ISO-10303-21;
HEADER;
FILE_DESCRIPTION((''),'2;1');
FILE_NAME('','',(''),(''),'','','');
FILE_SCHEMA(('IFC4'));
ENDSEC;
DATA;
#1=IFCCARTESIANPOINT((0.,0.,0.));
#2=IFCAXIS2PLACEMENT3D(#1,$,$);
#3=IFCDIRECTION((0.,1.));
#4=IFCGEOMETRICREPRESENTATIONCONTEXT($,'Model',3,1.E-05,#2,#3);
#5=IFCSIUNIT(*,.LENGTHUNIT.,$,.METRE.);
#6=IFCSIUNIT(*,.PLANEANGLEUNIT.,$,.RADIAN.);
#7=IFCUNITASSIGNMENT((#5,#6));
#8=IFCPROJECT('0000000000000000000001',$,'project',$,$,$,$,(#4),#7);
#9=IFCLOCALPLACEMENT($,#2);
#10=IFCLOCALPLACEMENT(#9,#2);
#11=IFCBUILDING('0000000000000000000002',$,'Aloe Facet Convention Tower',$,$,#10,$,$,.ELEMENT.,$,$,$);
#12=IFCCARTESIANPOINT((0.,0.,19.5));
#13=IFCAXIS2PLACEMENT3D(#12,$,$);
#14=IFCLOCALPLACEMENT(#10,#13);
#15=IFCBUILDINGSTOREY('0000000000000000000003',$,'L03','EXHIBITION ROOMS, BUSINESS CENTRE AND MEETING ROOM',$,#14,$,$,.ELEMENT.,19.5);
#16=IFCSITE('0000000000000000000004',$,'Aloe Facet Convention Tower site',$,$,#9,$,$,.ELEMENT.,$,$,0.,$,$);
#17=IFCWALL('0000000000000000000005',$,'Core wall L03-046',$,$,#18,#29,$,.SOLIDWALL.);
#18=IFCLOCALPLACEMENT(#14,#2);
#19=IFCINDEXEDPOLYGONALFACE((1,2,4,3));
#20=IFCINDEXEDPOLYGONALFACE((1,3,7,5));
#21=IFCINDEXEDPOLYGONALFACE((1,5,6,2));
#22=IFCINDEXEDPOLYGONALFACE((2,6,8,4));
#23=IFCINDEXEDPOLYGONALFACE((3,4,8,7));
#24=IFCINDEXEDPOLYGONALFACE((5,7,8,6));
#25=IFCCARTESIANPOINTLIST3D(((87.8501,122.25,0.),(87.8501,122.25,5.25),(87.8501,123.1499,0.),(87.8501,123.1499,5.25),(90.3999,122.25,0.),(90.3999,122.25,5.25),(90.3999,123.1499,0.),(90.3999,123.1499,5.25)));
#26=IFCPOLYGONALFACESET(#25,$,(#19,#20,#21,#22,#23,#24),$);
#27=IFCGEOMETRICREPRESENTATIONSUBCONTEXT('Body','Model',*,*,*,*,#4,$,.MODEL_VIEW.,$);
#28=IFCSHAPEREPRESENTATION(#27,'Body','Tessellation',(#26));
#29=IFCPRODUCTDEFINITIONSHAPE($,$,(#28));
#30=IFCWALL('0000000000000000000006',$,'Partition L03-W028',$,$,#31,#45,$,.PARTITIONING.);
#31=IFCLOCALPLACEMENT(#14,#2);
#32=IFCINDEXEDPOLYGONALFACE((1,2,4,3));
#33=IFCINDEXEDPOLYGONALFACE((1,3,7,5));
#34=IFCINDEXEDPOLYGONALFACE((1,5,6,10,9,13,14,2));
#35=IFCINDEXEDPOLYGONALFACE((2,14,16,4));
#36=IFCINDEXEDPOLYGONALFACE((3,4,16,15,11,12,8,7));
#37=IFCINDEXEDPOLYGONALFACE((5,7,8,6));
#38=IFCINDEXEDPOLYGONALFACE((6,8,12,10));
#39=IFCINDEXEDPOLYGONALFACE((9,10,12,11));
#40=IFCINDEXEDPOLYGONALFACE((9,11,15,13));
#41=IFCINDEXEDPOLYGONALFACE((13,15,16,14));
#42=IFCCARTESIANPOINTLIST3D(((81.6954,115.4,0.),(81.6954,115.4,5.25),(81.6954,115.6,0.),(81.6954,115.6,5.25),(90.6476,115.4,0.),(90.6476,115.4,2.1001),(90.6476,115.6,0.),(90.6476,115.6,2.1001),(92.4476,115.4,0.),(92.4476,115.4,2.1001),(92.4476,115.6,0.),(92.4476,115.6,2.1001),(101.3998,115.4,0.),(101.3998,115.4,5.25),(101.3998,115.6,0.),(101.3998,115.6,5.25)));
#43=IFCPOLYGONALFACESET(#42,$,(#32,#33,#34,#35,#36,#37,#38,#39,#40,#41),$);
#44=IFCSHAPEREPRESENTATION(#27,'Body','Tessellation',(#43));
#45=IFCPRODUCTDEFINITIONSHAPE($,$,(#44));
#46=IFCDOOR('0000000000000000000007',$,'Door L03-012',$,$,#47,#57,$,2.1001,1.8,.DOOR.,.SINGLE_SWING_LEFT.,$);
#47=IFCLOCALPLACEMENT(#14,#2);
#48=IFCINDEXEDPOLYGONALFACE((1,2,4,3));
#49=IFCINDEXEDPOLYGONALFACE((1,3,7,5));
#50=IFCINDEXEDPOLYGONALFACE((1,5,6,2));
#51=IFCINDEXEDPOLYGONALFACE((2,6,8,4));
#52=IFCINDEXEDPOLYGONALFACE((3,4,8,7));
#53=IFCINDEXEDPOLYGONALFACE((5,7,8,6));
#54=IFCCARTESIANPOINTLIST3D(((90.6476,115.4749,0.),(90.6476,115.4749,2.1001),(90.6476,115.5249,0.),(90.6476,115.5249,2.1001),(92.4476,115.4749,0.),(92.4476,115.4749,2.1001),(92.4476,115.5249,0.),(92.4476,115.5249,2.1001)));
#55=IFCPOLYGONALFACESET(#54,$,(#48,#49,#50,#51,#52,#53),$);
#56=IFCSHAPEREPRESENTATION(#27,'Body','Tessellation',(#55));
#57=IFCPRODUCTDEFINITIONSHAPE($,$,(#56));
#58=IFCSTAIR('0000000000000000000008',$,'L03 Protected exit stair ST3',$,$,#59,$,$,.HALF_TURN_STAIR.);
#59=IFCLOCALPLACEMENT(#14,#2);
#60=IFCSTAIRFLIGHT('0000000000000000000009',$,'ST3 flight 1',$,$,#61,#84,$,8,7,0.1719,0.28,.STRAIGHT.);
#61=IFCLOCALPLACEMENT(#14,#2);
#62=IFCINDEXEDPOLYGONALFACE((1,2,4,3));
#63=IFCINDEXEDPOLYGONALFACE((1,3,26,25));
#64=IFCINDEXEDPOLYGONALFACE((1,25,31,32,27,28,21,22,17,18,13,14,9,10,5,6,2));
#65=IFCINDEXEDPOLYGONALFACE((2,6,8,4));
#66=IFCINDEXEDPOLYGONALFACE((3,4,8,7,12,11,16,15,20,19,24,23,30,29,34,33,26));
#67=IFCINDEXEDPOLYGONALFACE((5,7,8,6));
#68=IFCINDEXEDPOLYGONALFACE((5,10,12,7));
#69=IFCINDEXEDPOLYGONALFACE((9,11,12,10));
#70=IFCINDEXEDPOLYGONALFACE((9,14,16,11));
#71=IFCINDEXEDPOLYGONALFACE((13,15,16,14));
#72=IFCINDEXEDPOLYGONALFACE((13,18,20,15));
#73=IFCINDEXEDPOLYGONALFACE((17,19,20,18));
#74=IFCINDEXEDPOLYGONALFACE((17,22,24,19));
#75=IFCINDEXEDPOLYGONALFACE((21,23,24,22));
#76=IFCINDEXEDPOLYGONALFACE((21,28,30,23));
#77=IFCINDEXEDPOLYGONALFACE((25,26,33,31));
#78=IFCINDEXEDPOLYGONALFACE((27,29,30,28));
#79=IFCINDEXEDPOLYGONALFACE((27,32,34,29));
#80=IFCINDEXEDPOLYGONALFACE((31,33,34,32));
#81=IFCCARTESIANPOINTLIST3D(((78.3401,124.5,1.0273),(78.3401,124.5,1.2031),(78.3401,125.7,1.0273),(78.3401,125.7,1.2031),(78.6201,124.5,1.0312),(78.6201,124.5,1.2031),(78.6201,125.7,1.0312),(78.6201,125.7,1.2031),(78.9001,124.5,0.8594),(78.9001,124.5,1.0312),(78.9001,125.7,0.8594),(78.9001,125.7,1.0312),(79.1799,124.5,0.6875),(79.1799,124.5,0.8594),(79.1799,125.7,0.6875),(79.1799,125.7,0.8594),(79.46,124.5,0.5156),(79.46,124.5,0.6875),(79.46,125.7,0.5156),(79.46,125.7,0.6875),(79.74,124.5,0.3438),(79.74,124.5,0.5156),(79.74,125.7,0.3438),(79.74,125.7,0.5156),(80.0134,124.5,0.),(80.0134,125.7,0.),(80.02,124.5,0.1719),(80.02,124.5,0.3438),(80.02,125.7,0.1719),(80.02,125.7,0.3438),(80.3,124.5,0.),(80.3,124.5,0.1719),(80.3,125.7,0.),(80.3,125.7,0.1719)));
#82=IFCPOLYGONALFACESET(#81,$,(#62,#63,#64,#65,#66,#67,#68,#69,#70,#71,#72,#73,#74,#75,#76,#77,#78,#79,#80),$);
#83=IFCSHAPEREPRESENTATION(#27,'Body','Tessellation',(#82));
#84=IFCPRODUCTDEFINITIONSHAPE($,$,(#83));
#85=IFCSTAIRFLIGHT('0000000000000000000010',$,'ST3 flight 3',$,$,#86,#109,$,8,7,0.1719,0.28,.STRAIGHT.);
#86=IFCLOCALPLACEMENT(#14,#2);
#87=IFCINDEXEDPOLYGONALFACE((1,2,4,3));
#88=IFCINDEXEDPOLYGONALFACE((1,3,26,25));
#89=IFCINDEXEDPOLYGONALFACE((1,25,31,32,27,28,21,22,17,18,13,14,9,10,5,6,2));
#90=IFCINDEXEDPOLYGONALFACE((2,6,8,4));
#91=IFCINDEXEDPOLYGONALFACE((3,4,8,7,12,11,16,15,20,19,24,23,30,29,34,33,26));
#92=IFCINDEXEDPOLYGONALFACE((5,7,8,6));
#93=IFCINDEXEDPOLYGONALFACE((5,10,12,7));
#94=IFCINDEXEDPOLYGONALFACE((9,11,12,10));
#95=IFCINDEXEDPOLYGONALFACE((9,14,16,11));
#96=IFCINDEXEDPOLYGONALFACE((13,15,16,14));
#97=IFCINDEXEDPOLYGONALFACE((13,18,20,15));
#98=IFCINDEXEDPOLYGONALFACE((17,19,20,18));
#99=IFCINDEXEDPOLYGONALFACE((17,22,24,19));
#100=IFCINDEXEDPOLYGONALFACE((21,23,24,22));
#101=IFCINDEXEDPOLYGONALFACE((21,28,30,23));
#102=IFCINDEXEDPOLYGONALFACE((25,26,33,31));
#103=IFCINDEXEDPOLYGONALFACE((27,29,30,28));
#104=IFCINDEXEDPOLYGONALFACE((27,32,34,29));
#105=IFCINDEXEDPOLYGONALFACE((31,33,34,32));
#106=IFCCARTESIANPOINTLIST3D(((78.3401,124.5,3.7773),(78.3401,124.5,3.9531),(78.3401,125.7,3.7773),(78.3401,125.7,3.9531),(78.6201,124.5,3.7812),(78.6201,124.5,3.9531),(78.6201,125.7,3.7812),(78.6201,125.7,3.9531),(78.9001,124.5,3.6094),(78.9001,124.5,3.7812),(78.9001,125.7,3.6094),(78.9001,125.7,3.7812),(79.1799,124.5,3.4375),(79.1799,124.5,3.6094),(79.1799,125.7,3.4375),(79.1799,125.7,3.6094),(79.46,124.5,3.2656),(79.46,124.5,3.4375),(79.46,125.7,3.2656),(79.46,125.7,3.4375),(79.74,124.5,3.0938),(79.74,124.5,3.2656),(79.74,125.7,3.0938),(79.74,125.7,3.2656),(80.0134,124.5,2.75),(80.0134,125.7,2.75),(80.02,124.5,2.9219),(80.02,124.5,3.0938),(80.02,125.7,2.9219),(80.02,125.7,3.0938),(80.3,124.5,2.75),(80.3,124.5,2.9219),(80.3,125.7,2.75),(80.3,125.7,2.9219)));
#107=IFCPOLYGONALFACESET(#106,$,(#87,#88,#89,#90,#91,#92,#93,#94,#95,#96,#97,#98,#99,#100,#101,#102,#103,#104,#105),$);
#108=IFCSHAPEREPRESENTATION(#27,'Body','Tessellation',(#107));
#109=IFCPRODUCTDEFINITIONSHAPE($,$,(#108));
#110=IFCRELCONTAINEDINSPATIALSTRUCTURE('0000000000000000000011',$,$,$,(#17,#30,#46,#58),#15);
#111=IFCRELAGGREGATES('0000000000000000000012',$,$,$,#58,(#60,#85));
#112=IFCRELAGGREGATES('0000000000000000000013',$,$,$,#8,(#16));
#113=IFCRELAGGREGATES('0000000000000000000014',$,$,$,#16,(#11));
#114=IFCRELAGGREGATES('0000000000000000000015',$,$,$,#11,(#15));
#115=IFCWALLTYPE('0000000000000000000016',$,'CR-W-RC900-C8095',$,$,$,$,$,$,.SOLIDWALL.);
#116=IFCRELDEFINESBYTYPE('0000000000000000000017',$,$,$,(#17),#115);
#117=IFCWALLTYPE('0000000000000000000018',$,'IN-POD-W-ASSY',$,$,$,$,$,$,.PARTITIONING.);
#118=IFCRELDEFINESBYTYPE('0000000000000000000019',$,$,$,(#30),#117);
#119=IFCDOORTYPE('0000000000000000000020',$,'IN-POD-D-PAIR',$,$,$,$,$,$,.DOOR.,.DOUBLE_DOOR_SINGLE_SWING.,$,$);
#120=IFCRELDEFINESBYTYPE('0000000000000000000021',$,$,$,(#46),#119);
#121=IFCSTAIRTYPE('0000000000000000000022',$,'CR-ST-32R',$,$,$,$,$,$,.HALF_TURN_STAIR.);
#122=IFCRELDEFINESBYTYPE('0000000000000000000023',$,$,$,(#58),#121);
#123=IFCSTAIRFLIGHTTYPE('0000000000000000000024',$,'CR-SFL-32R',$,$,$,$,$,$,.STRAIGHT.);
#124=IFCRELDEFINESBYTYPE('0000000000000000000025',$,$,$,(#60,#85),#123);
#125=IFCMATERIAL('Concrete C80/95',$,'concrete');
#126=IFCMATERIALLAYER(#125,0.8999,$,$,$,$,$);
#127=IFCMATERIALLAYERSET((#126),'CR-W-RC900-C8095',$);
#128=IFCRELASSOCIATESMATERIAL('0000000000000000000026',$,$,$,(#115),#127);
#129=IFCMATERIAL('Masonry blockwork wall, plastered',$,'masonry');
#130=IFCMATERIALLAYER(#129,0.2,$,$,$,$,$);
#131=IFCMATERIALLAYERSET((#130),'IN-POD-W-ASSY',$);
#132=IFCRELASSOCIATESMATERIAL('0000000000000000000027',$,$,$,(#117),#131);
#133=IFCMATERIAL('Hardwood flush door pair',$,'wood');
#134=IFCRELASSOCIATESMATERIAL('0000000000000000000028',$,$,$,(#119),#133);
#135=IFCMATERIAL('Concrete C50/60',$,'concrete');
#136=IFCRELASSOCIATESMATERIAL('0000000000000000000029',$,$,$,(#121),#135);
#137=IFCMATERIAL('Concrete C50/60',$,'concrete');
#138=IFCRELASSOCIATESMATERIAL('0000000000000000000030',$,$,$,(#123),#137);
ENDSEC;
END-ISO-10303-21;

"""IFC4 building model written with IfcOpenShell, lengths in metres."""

from ifc_helpers import new_model, si_unit, direction, frame, frame_2d, origin, place, context, subcontext, project, spatial, polyline, rectangle, outline, extrude, material, layer, layer_set, type_object, element, fill, aggregate, save


model = new_model("IFC4")

# Units and contexts
model_context = context("Model", 3, precision=1e-05, world=origin(), true_north=direction((0.0, 1.0)))
body_context = subcontext(model_context, "Body", "Model", "MODEL_VIEW")
ifc_project = project(units=[si_unit("LENGTHUNIT", "METRE"), si_unit("PLANEANGLEUNIT", "RADIAN")], contexts=[model_context])

# Site, building, storey
site_placement = place(None, origin())
site = spatial("IfcSite", under=ifc_project, at=site_placement, Name="Aloe Facet Convention Tower site", CompositionType="ELEMENT", RefElevation=0.0)
building_placement = place(site_placement, origin())
building = spatial("IfcBuilding", under=site, at=building_placement, Name="Aloe Facet Convention Tower", CompositionType="ELEMENT")
storey_placement = place(building_placement, frame((0.0, 0.0, 19.5)))
storey = spatial("IfcBuildingStorey", under=building, at=storey_placement, Name="L03", Description="EXHIBITION ROOMS, BUSINESS CENTRE AND MEETING ROOM", CompositionType="ELEMENT", Elevation=19.5)

# Shared definitions
ifc_material_1 = material(Name="Concrete C80/95", Category="concrete")
ifc_layer_1 = layer(ifc_material_1, 0.8999)
ifc_layer_set_1 = layer_set([ifc_layer_1], Name="CR-W-RC900-C8095")
wall_type_1 = type_object("IfcWallType", Name="CR-W-RC900-C8095", PredefinedType="SOLIDWALL", material=ifc_layer_set_1)

# Wall
wall_1_placement = place(storey_placement, frame((87.8501, 122.7, 0.0), z_axis=(0.0, 0.0, 1.0), x_axis=(1.0, 0.0, 0.0)))
element("IfcWall", 1, at=wall_1_placement, inside=storey, type_object=wall_type_1, Name="Core wall L03-046", PredefinedType="SOLIDWALL", context=body_context, shape_type="SweptSolid", body=[
    extrude(rectangle(XDim=2.5498, YDim=0.8999, at=frame_2d((1.2749, 0.0))), origin(), (0.0, 0.0, 1.0), 5.25),
])

# Wall, opening, door
ifc_material_2 = material(Name="Masonry blockwork wall, plastered", Category="masonry")
ifc_layer_2 = layer(ifc_material_2, 0.2)
ifc_layer_set_2 = layer_set([ifc_layer_2], Name="IN-POD-W-ASSY")
wall_type_2 = type_object("IfcWallType", Name="IN-POD-W-ASSY", PredefinedType="PARTITIONING", material=ifc_layer_set_2)
wall_2_placement = place(storey_placement, frame((81.6956, 115.5, 0.0), z_axis=(0.0, 0.0, 1.0), x_axis=(1.0, 0.0, 0.0)))
wall_2 = element("IfcWall", 2, at=wall_2_placement, inside=storey, type_object=wall_type_2, Name="Partition L03-W028", PredefinedType="PARTITIONING", context=body_context, shape_type="SweptSolid", body=[
    extrude(rectangle(XDim=19.7043, YDim=0.2, at=frame_2d((9.8521, 0.0))), origin(), (0.0, 0.0, 1.0), 5.25),
])
opening_1_placement = place(wall_2_placement, frame((8.9521, 0.0, 0.0)))
opening_1 = element("IfcOpeningElement", 3, at=opening_1_placement, cuts=wall_2, PredefinedType="OPENING", context=body_context, shape_type="SweptSolid", body=[
    extrude(rectangle(XDim=1.8, YDim=2.1001, at=frame_2d((0.8999, 1.05))), frame((0.0, 0.1099, 0.0), z_axis=(0.0, -1.0, 0.0), x_axis=(1.0, 0.0, 0.0)), (0.0, 0.0, 1.0), 0.22),
])
ifc_material_3 = material(Name="Hardwood flush door pair", Category="wood")
door_type_1 = type_object("IfcDoorType", Name="IN-POD-D-PAIR", OperationType="DOUBLE_DOOR_SINGLE_SWING", PredefinedType="DOOR", material=ifc_material_3)
door_1_placement = place(opening_1_placement, origin())
door_1 = element("IfcDoor", 4, at=door_1_placement, inside=storey, type_object=door_type_1, Name="Door L03-012", OperationType="SINGLE_SWING_LEFT", OverallHeight=2.1001, OverallWidth=1.8, PredefinedType="DOOR", context=body_context, shape_type="SweptSolid", body=[
    extrude(rectangle(XDim=1.8, YDim=2.1001, at=frame_2d((0.8999, 1.05))), frame((0.0, 0.0249, 0.0), z_axis=(0.0, -1.0, 0.0), x_axis=(1.0, 0.0, 0.0)), (0.0, 0.0, 1.0), 0.05),
])
fill(opening_1, door_1)

# Stair, stair flights
ifc_material_4 = material(Name="Concrete C50/60", Category="concrete")
stair_type = type_object("IfcStairType", Name="CR-ST-32R", PredefinedType="HALF_TURN_STAIR", material=ifc_material_4)
stair_placement = place(storey_placement, origin())
stair = element("IfcStair", 5, at=stair_placement, inside=storey, type_object=stair_type, Name="L03 Protected exit stair ST3", PredefinedType="HALF_TURN_STAIR")
ifc_material_5 = material(Name="Concrete C50/60", Category="concrete")
stair_flight_type = type_object("IfcStairFlightType", Name="CR-SFL-32R", PredefinedType="STRAIGHT", material=ifc_material_5)
stair_flight_1_placement = place(storey_placement, frame((80.3, 125.1001, 0.0), z_axis=(0.0, 0.0, 1.0), x_axis=(-1.0, 0.0, 0.0)))
stair_flight_1 = element("IfcStairFlight", 6, at=stair_flight_1_placement, type_object=stair_flight_type, Name="ST3 flight 1", NumberOfRisers=8, NumberOfTreads=7, PredefinedType="STRAIGHT", RiserHeight=0.1719, TreadLength=0.28, context=body_context, shape_type="SweptSolid", body=[
    extrude(outline(polyline([(0.0, 0.0), (0.0, 0.1719), (0.28, 0.1719), (0.28, 0.3438), (0.5601, 0.3438), (0.5601, 0.5156), (0.8401, 0.5156), (0.8401, 0.6875), (1.1201, 0.6875), (1.1201, 0.8594), (1.3999, 0.8594), (1.3999, 1.0312), (1.6799, 1.0312), (1.6799, 1.2031), (1.96, 1.2031), (1.96, 1.375), (1.96, 1.0273), (0.2866, 0.0), (0.0, 0.0)])), frame((0.0, 0.6001, 0.0), z_axis=(0.0, -1.0, 0.0), x_axis=(1.0, 0.0, 0.0)), (0.0, 0.0, 1.0), 1.2),
])
stair_flight_2_placement = place(storey_placement, frame((80.3, 125.1001, 2.75), z_axis=(0.0, 0.0, 1.0), x_axis=(-1.0, 0.0, 0.0)))
stair_flight_2 = element("IfcStairFlight", 7, at=stair_flight_2_placement, type_object=stair_flight_type, Name="ST3 flight 3", NumberOfRisers=8, NumberOfTreads=7, PredefinedType="STRAIGHT", RiserHeight=0.1719, TreadLength=0.28, context=body_context, shape_type="SweptSolid", body=[
    extrude(outline(polyline([(0.0, 0.0), (0.0, 0.1719), (0.28, 0.1719), (0.28, 0.3438), (0.5601, 0.3438), (0.5601, 0.5156), (0.8401, 0.5156), (0.8401, 0.6875), (1.1201, 0.6875), (1.1201, 0.8594), (1.3999, 0.8594), (1.3999, 1.0312), (1.6799, 1.0312), (1.6799, 1.2031), (1.96, 1.2031), (1.96, 1.375), (1.96, 1.0273), (0.2866, 0.0), (0.0, 0.0)])), frame((0.0, 0.6001, 0.0), z_axis=(0.0, -1.0, 0.0), x_axis=(1.0, 0.0, 0.0)), (0.0, 0.0, 1.0), 1.2),
])
aggregate(stair, [stair_flight_1, stair_flight_2])

save(model, "model.ifc")
